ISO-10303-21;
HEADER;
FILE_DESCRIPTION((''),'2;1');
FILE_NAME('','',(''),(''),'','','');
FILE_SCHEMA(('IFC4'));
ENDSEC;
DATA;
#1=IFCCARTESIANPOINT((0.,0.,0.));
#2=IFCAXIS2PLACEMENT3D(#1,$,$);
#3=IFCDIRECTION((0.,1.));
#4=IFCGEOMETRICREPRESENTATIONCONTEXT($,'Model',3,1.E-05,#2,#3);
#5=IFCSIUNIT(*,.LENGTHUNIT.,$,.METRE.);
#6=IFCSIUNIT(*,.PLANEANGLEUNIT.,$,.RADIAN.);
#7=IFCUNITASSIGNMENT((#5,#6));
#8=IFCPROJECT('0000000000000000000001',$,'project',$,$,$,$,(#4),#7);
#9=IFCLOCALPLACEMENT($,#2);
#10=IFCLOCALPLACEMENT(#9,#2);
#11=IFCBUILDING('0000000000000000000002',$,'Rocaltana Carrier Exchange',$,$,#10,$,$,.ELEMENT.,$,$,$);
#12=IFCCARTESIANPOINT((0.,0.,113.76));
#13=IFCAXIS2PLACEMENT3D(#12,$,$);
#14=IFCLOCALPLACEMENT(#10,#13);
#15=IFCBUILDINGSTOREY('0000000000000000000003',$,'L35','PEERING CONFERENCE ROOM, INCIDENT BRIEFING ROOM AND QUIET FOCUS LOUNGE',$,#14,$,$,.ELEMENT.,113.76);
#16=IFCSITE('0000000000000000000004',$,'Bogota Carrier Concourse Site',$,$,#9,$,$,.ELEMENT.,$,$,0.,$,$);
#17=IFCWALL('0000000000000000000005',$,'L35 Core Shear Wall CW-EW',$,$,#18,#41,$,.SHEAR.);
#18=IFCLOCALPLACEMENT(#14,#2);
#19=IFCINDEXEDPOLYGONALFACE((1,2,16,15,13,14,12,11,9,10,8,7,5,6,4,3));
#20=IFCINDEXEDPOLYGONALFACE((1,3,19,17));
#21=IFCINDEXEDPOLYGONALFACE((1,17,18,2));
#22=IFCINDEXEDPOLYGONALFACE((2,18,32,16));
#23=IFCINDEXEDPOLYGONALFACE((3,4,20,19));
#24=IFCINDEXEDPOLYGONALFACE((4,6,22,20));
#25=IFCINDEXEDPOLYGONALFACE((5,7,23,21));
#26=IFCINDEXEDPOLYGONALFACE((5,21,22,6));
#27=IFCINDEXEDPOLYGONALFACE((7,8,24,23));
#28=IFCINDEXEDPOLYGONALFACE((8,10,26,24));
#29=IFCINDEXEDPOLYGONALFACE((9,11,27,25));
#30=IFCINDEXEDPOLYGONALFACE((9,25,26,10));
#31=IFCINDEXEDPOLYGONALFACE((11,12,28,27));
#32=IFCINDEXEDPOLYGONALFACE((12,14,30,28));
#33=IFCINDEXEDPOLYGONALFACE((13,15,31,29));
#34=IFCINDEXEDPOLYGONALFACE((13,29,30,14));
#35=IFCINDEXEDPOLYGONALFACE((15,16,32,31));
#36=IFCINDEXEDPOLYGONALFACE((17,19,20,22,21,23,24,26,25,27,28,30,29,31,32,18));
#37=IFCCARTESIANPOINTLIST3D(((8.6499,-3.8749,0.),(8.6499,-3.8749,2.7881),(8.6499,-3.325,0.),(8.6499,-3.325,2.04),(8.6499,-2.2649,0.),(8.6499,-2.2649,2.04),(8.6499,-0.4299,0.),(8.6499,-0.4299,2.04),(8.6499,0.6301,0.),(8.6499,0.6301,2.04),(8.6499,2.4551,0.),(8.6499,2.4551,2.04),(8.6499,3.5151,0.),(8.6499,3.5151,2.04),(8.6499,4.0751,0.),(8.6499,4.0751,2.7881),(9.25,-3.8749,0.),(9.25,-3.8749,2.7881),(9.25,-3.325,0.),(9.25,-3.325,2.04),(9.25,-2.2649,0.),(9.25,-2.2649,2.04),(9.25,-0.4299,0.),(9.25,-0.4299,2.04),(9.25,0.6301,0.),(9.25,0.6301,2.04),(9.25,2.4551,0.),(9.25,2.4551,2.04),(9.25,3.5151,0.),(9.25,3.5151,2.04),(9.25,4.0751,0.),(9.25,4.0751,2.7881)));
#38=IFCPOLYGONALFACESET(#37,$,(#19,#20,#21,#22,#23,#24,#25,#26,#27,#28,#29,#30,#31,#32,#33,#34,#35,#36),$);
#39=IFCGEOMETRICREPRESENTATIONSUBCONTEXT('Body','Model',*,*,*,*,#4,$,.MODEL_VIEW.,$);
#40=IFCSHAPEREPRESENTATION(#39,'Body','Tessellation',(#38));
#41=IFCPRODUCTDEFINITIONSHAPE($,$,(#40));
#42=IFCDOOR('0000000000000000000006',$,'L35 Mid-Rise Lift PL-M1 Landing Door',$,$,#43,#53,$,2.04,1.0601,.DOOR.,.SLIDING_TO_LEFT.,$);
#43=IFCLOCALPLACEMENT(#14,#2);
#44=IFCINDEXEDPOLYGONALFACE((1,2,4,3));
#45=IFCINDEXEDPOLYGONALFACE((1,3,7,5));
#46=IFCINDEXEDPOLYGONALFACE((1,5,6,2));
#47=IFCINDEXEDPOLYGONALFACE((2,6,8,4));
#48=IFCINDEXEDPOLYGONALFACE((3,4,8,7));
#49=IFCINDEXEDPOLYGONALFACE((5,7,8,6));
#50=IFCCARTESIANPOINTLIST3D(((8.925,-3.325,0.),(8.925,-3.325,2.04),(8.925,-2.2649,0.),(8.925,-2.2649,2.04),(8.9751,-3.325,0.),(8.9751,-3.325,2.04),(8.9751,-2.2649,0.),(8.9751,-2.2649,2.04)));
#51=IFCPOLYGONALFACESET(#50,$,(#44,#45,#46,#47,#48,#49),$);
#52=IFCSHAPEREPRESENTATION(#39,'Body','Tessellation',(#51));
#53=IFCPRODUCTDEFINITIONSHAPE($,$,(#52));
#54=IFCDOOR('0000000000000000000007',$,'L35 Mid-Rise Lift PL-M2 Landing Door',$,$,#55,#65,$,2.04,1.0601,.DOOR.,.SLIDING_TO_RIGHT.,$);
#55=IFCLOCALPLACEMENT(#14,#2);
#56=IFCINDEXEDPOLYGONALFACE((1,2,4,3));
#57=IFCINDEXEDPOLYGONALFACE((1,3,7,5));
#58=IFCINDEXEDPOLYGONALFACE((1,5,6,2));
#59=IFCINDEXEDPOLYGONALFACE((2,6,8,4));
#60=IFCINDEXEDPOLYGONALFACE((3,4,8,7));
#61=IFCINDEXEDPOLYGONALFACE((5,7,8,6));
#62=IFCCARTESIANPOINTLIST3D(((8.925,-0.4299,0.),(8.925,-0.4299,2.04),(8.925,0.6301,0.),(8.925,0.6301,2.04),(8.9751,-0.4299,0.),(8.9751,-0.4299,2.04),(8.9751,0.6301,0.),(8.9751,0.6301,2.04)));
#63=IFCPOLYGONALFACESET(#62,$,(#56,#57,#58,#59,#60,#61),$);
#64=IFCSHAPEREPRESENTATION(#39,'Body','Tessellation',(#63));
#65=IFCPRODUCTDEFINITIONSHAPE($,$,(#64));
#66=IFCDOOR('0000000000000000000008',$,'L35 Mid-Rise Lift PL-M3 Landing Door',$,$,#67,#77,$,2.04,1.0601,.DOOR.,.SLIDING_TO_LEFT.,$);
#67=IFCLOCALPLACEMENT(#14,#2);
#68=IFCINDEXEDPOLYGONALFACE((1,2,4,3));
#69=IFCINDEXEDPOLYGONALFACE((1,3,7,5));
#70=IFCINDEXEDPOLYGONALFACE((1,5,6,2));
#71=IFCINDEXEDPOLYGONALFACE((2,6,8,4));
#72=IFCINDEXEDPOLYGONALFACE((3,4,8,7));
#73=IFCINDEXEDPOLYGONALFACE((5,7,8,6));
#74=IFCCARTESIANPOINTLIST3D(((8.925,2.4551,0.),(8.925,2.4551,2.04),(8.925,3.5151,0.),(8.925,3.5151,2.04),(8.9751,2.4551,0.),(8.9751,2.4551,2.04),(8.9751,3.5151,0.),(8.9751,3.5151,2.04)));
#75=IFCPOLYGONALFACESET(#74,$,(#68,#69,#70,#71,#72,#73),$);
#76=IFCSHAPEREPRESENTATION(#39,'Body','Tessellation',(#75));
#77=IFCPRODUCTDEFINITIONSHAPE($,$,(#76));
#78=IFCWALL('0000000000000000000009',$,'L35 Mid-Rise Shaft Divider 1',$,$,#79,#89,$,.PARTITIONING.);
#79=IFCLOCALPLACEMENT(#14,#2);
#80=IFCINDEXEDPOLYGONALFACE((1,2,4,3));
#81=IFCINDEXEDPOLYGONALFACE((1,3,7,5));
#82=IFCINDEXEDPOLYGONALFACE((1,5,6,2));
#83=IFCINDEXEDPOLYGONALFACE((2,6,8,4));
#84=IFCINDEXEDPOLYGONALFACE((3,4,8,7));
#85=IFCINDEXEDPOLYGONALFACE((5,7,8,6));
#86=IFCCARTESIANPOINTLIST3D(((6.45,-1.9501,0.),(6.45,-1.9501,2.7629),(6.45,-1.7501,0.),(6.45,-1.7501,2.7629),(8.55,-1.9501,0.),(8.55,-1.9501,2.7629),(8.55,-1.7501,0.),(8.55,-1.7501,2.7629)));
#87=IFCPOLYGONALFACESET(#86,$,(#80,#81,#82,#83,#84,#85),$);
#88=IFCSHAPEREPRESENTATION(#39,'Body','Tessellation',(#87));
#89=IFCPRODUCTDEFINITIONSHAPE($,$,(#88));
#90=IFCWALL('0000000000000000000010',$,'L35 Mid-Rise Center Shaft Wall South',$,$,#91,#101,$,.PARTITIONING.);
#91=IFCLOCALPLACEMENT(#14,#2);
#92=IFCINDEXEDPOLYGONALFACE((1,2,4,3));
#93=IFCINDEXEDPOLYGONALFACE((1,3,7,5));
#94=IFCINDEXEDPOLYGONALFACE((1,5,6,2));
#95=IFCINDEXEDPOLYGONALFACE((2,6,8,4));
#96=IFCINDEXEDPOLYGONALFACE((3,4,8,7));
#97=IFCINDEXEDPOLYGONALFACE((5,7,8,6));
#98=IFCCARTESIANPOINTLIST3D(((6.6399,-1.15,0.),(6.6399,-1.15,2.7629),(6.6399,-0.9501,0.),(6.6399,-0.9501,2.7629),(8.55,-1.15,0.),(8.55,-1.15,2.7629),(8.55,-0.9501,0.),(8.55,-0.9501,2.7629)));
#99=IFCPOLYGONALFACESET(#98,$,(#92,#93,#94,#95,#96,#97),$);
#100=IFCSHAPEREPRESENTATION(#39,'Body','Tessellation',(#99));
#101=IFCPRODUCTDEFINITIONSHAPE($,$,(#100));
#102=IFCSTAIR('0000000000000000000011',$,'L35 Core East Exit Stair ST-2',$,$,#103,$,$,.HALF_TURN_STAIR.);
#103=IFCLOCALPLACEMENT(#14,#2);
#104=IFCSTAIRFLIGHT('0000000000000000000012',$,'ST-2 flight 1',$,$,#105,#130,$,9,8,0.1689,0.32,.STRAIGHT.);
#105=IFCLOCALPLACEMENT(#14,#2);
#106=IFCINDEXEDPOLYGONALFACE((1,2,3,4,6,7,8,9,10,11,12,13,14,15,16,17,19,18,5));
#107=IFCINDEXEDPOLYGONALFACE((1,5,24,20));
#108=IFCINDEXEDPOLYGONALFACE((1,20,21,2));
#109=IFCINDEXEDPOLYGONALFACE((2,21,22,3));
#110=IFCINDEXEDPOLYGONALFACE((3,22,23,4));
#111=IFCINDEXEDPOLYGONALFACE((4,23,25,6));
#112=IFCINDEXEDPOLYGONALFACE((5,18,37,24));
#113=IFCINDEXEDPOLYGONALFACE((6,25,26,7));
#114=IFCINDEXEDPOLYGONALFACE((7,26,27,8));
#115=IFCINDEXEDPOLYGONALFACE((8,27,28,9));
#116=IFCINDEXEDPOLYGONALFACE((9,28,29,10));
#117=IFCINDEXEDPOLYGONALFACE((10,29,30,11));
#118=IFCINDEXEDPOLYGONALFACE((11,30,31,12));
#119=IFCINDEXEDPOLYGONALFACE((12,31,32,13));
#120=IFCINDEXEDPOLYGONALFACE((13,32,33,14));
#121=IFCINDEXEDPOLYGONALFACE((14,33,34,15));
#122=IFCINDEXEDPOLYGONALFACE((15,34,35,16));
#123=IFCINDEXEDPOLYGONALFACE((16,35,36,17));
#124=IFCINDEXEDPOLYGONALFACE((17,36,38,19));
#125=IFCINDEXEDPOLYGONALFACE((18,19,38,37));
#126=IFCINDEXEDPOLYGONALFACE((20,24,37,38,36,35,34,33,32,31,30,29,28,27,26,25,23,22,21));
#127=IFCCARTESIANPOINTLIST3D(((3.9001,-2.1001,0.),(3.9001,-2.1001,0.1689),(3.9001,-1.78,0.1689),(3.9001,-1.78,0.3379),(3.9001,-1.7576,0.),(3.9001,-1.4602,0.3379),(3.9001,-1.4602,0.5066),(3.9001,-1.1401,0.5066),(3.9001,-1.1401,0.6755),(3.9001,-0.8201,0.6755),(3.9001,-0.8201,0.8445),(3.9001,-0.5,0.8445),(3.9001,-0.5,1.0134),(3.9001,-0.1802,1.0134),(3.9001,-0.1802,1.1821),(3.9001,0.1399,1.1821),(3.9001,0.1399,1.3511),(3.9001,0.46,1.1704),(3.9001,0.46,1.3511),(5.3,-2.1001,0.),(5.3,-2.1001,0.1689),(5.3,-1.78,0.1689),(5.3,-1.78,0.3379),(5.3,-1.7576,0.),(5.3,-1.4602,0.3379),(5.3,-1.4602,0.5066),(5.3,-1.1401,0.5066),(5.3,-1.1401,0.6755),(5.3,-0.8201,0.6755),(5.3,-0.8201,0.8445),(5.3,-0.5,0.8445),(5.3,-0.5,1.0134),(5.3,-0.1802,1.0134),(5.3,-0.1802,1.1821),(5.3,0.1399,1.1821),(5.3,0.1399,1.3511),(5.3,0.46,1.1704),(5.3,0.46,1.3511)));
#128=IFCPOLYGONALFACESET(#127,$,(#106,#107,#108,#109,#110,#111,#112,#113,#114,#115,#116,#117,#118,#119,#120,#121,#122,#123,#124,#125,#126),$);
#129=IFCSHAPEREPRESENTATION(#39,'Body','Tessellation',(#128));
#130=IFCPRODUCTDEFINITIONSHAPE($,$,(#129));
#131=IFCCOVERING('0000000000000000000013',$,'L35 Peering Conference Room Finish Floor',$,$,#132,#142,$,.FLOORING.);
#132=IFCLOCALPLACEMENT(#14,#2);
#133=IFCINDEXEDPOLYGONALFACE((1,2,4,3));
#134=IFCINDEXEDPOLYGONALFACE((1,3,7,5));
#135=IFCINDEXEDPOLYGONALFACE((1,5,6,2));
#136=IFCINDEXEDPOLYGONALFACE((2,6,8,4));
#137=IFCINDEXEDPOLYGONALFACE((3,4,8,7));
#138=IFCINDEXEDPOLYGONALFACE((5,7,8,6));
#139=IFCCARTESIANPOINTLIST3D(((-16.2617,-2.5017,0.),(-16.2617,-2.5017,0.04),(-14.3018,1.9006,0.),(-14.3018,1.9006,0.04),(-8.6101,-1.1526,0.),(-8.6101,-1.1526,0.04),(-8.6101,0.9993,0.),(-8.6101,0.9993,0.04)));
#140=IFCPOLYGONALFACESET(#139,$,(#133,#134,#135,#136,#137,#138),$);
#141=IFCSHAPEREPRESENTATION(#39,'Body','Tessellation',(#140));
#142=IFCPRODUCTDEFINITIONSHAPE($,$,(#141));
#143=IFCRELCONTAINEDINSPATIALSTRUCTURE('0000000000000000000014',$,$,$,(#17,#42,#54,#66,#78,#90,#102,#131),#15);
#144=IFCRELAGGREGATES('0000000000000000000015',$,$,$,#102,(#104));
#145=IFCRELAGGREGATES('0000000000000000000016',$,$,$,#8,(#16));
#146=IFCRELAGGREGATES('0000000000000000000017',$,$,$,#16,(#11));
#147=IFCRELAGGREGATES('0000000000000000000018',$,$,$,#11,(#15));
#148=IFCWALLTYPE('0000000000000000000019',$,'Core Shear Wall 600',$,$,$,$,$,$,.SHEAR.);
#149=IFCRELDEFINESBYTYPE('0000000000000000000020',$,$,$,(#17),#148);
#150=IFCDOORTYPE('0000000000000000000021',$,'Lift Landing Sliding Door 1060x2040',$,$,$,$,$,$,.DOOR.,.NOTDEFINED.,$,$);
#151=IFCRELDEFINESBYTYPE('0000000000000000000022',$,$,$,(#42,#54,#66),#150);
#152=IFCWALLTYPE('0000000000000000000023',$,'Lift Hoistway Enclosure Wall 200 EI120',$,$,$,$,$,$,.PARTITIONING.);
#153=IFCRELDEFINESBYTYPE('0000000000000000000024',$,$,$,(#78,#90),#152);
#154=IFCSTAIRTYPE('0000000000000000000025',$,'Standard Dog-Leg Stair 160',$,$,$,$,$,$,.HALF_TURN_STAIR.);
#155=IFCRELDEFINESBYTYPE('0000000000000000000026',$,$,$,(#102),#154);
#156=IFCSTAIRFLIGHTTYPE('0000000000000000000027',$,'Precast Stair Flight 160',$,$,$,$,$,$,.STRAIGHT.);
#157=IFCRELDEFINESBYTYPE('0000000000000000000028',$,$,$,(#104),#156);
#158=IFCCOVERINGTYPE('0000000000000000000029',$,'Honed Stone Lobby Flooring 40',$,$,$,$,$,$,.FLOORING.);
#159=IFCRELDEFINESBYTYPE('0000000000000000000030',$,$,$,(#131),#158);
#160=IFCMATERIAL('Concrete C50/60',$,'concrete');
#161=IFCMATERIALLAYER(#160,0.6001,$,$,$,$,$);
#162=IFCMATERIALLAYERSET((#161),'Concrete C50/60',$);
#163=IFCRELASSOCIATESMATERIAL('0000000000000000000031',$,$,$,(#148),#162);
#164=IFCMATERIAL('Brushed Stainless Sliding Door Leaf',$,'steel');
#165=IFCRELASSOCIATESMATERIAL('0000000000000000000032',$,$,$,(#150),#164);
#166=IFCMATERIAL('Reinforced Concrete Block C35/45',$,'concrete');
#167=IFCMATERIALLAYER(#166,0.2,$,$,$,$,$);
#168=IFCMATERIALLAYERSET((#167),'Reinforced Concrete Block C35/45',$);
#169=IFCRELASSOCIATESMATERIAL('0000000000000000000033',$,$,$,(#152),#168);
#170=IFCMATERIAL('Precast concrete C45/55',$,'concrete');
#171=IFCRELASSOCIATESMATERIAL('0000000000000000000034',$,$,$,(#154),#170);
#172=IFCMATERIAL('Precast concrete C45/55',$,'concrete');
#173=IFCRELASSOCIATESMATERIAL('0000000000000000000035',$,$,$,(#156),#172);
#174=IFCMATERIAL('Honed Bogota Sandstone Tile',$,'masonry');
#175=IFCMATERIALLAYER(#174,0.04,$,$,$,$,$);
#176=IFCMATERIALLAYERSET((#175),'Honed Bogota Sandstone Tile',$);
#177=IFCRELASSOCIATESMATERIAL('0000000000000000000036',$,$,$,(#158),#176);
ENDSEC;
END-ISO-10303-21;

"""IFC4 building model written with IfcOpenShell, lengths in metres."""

from ifc_helpers import new_model, si_unit, direction, frame, frame_2d, origin, place, context, subcontext, project, spatial, polyline, rectangle, outline, extrude, material, layer, layer_set, type_object, element, fill, aggregate, save


model = new_model("IFC4")

# Units and contexts
model_context = context("Model", 3, precision=1e-05, world=origin(), true_north=direction((0.0, 1.0)))
body_context = subcontext(model_context, "Body", "Model", "MODEL_VIEW")
ifc_project = project(units=[si_unit("LENGTHUNIT", "METRE"), si_unit("PLANEANGLEUNIT", "RADIAN")], contexts=[model_context])

# Site, building, storey
site_placement = place(None, origin())
site = spatial("IfcSite", under=ifc_project, at=site_placement, Name="Bogota Carrier Concourse Site", CompositionType="ELEMENT", RefElevation=0.0)
building_placement = place(site_placement, origin())
building = spatial("IfcBuilding", under=site, at=building_placement, Name="Rocaltana Carrier Exchange", CompositionType="ELEMENT")
storey_placement = place(building_placement, frame((0.0, 0.0, 113.76)))
storey = spatial("IfcBuildingStorey", under=building, at=storey_placement, Name="L35", Description="PEERING CONFERENCE ROOM, INCIDENT BRIEFING ROOM AND QUIET FOCUS LOUNGE", CompositionType="ELEMENT", Elevation=113.76)

# Shared definitions
ifc_material_1 = material(Name="Concrete C50/60", Category="concrete")
ifc_layer_1 = layer(ifc_material_1, 0.6001)
ifc_layer_set_1 = layer_set([ifc_layer_1], Name="Concrete C50/60")
wall_type_1 = type_object("IfcWallType", Name="Core Shear Wall 600", PredefinedType="SHEAR", material=ifc_layer_set_1)

# Wall, openings, doors
wall_1_placement = place(storey_placement, frame((8.95, -3.875, 0.0), z_axis=(0.0, 0.0, 1.0), x_axis=(0.0, 1.0, 0.0)))
wall_1 = element("IfcWall", 1, at=wall_1_placement, inside=storey, type_object=wall_type_1, Name="L35 Core Shear Wall CW-EW", PredefinedType="SHEAR", context=body_context, shape_type="SweptSolid", body=[
    extrude(rectangle(XDim=7.95, YDim=0.6001, at=frame_2d((3.9751, 0.0))), origin(), (0.0, 0.0, 1.0), 2.7881),
])
opening_1_placement = place(wall_1_placement, frame((0.55, 0.0, 0.0)))
opening_1 = element("IfcOpeningElement", 2, at=opening_1_placement, cuts=wall_1, PredefinedType="OPENING", context=body_context, shape_type="SweptSolid", body=[
    extrude(rectangle(XDim=1.0601, YDim=2.04, at=frame_2d((0.53, 1.02))), frame((0.0, 0.3101, 0.0), z_axis=(0.0, -1.0, 0.0), x_axis=(1.0, 0.0, 0.0)), (0.0, 0.0, 1.0), 0.6201),
])
opening_2_placement = place(wall_1_placement, frame((3.4451, 0.0, 0.0)))
opening_2 = element("IfcOpeningElement", 3, at=opening_2_placement, cuts=wall_1, PredefinedType="OPENING", context=body_context, shape_type="SweptSolid", body=[
    extrude(rectangle(XDim=1.0601, YDim=2.04, at=frame_2d((0.53, 1.02))), frame((0.0, 0.3101, 0.0), z_axis=(0.0, -1.0, 0.0), x_axis=(1.0, 0.0, 0.0)), (0.0, 0.0, 1.0), 0.6201),
])
opening_3_placement = place(wall_1_placement, frame((6.3301, 0.0, 0.0)))
opening_3 = element("IfcOpeningElement", 4, at=opening_3_placement, cuts=wall_1, PredefinedType="OPENING", context=body_context, shape_type="SweptSolid", body=[
    extrude(rectangle(XDim=1.0601, YDim=2.04, at=frame_2d((0.53, 1.02))), frame((0.0, 0.3101, 0.0), z_axis=(0.0, -1.0, 0.0), x_axis=(1.0, 0.0, 0.0)), (0.0, 0.0, 1.0), 0.6201),
])
ifc_material_2 = material(Name="Brushed Stainless Sliding Door Leaf", Category="steel")
door_type = type_object("IfcDoorType", Name="Lift Landing Sliding Door 1060x2040", OperationType="NOTDEFINED", PredefinedType="DOOR", material=ifc_material_2)
door_1_placement = place(opening_1_placement, origin())
door_1 = element("IfcDoor", 5, at=door_1_placement, inside=storey, type_object=door_type, Name="L35 Mid-Rise Lift PL-M1 Landing Door", OperationType="SLIDING_TO_LEFT", OverallHeight=2.04, OverallWidth=1.0601, PredefinedType="DOOR", context=body_context, shape_type="SweptSolid", body=[
    extrude(rectangle(XDim=1.0601, YDim=2.04, at=frame_2d((0.53, 1.02))), frame((0.0, 0.0249, 0.0), z_axis=(0.0, -1.0, 0.0), x_axis=(1.0, 0.0, 0.0)), (0.0, 0.0, 1.0), 0.05),
])
fill(opening_1, door_1)
door_2_placement = place(opening_2_placement, origin())
door_2 = element("IfcDoor", 6, at=door_2_placement, inside=storey, type_object=door_type, Name="L35 Mid-Rise Lift PL-M2 Landing Door", OperationType="SLIDING_TO_RIGHT", OverallHeight=2.04, OverallWidth=1.0601, PredefinedType="DOOR", context=body_context, shape_type="SweptSolid", body=[
    extrude(rectangle(XDim=1.0601, YDim=2.04, at=frame_2d((0.53, 1.02))), frame((0.0, 0.0249, 0.0), z_axis=(0.0, -1.0, 0.0), x_axis=(1.0, 0.0, 0.0)), (0.0, 0.0, 1.0), 0.05),
])
fill(opening_2, door_2)
door_3_placement = place(opening_3_placement, origin())
door_3 = element("IfcDoor", 7, at=door_3_placement, inside=storey, type_object=door_type, Name="L35 Mid-Rise Lift PL-M3 Landing Door", OperationType="SLIDING_TO_LEFT", OverallHeight=2.04, OverallWidth=1.0601, PredefinedType="DOOR", context=body_context, shape_type="SweptSolid", body=[
    extrude(rectangle(XDim=1.0601, YDim=2.04, at=frame_2d((0.53, 1.02))), frame((0.0, 0.0249, 0.0), z_axis=(0.0, -1.0, 0.0), x_axis=(1.0, 0.0, 0.0)), (0.0, 0.0, 1.0), 0.05),
])
fill(opening_3, door_3)

# Walls
ifc_material_3 = material(Name="Reinforced Concrete Block C35/45", Category="concrete")
ifc_layer_2 = layer(ifc_material_3, 0.2)
ifc_layer_set_2 = layer_set([ifc_layer_2], Name="Reinforced Concrete Block C35/45")
wall_type_2 = type_object("IfcWallType", Name="Lift Hoistway Enclosure Wall 200 EI120", PredefinedType="PARTITIONING", material=ifc_layer_set_2)
wall_2_placement = place(storey_placement, frame((6.45, -1.8501, 0.0), z_axis=(0.0, 0.0, 1.0), x_axis=(1.0, 0.0, 0.0)))
element("IfcWall", 8, at=wall_2_placement, inside=storey, type_object=wall_type_2, Name="L35 Mid-Rise Shaft Divider 1", PredefinedType="PARTITIONING", context=body_context, shape_type="SweptSolid", body=[
    extrude(rectangle(XDim=2.1001, YDim=0.2, at=frame_2d((1.05, 0.0))), origin(), (0.0, 0.0, 1.0), 2.7629),
])
wall_3_placement = place(storey_placement, frame((6.6399, -1.05, 0.0), z_axis=(0.0, 0.0, 1.0), x_axis=(1.0, 0.0, 0.0)))
element("IfcWall", 9, at=wall_3_placement, inside=storey, type_object=wall_type_2, Name="L35 Mid-Rise Center Shaft Wall South", PredefinedType="PARTITIONING", context=body_context, shape_type="SweptSolid", body=[
    extrude(rectangle(XDim=1.9102, YDim=0.2, at=frame_2d((0.9551, 0.0))), origin(), (0.0, 0.0, 1.0), 2.7629),
])

# Stair, stair flight
ifc_material_4 = material(Name="Precast concrete C45/55", Category="concrete")
stair_type = type_object("IfcStairType", Name="Standard Dog-Leg Stair 160", PredefinedType="HALF_TURN_STAIR", material=ifc_material_4)
stair_placement = place(storey_placement, origin())
stair = element("IfcStair", 10, at=stair_placement, inside=storey, type_object=stair_type, Name="L35 Core East Exit Stair ST-2", PredefinedType="HALF_TURN_STAIR")
ifc_material_5 = material(Name="Precast concrete C45/55", Category="concrete")
stair_flight_type = type_object("IfcStairFlightType", Name="Precast Stair Flight 160", PredefinedType="STRAIGHT", material=ifc_material_5)
stair_flight_placement = place(storey_placement, frame((4.6001, -2.1001, 0.0), z_axis=(0.0, 0.0, 1.0), x_axis=(0.0, 1.0, 0.0)))
stair_flight = element("IfcStairFlight", 11, at=stair_flight_placement, type_object=stair_flight_type, Name="ST-2 flight 1", NumberOfRisers=9, NumberOfTreads=8, PredefinedType="STRAIGHT", RiserHeight=0.1689, TreadLength=0.32, context=body_context, shape_type="SweptSolid", body=[
    extrude(outline(polyline([(0.0, 0.0), (0.0, 0.1689), (0.3201, 0.1689), (0.3201, 0.3379), (0.6399, 0.3379), (0.6399, 0.5066), (0.96, 0.5066), (0.96, 0.6755), (1.28, 0.6755), (1.28, 0.8445), (1.6001, 0.8445), (1.6001, 1.0134), (1.9199, 1.0134), (1.9199, 1.1821), (2.24, 1.1821), (2.24, 1.3511), (2.5601, 1.3511), (2.5601, 1.52), (2.5601, 1.1704), (0.3425, 0.0), (0.0, 0.0)])), frame((0.0, 0.7, 0.0), z_axis=(0.0, -1.0, 0.0), x_axis=(1.0, 0.0, 0.0)), (0.0, 0.0, 1.0), 1.3999),
])
aggregate(stair, [stair_flight])

# Covering
ifc_material_6 = material(Name="Honed Bogota Sandstone Tile", Category="masonry")
ifc_layer_3 = layer(ifc_material_6, 0.04)
ifc_layer_set_3 = layer_set([ifc_layer_3], Name="Honed Bogota Sandstone Tile")
covering_type_1 = type_object("IfcCoveringType", Name="Honed Stone Lobby Flooring 40", PredefinedType="FLOORING", material=ifc_layer_set_3)
covering_1_placement = place(storey_placement, origin())
element("IfcCovering", 12, at=covering_1_placement, inside=storey, type_object=covering_type_1, Name="L35 Peering Conference Room Finish Floor", PredefinedType="FLOORING", context=body_context, shape_type="SweptSolid", body=[
    extrude(outline(polyline([(-14.3018, 1.9006), (-8.6101, 0.9993), (-8.6101, -1.1526), (-16.2617, -2.5017), (-14.3018, 1.9006)])), origin(), (0.0, 0.0, 1.0), 0.04),
])

save(model, "model.ifc")
